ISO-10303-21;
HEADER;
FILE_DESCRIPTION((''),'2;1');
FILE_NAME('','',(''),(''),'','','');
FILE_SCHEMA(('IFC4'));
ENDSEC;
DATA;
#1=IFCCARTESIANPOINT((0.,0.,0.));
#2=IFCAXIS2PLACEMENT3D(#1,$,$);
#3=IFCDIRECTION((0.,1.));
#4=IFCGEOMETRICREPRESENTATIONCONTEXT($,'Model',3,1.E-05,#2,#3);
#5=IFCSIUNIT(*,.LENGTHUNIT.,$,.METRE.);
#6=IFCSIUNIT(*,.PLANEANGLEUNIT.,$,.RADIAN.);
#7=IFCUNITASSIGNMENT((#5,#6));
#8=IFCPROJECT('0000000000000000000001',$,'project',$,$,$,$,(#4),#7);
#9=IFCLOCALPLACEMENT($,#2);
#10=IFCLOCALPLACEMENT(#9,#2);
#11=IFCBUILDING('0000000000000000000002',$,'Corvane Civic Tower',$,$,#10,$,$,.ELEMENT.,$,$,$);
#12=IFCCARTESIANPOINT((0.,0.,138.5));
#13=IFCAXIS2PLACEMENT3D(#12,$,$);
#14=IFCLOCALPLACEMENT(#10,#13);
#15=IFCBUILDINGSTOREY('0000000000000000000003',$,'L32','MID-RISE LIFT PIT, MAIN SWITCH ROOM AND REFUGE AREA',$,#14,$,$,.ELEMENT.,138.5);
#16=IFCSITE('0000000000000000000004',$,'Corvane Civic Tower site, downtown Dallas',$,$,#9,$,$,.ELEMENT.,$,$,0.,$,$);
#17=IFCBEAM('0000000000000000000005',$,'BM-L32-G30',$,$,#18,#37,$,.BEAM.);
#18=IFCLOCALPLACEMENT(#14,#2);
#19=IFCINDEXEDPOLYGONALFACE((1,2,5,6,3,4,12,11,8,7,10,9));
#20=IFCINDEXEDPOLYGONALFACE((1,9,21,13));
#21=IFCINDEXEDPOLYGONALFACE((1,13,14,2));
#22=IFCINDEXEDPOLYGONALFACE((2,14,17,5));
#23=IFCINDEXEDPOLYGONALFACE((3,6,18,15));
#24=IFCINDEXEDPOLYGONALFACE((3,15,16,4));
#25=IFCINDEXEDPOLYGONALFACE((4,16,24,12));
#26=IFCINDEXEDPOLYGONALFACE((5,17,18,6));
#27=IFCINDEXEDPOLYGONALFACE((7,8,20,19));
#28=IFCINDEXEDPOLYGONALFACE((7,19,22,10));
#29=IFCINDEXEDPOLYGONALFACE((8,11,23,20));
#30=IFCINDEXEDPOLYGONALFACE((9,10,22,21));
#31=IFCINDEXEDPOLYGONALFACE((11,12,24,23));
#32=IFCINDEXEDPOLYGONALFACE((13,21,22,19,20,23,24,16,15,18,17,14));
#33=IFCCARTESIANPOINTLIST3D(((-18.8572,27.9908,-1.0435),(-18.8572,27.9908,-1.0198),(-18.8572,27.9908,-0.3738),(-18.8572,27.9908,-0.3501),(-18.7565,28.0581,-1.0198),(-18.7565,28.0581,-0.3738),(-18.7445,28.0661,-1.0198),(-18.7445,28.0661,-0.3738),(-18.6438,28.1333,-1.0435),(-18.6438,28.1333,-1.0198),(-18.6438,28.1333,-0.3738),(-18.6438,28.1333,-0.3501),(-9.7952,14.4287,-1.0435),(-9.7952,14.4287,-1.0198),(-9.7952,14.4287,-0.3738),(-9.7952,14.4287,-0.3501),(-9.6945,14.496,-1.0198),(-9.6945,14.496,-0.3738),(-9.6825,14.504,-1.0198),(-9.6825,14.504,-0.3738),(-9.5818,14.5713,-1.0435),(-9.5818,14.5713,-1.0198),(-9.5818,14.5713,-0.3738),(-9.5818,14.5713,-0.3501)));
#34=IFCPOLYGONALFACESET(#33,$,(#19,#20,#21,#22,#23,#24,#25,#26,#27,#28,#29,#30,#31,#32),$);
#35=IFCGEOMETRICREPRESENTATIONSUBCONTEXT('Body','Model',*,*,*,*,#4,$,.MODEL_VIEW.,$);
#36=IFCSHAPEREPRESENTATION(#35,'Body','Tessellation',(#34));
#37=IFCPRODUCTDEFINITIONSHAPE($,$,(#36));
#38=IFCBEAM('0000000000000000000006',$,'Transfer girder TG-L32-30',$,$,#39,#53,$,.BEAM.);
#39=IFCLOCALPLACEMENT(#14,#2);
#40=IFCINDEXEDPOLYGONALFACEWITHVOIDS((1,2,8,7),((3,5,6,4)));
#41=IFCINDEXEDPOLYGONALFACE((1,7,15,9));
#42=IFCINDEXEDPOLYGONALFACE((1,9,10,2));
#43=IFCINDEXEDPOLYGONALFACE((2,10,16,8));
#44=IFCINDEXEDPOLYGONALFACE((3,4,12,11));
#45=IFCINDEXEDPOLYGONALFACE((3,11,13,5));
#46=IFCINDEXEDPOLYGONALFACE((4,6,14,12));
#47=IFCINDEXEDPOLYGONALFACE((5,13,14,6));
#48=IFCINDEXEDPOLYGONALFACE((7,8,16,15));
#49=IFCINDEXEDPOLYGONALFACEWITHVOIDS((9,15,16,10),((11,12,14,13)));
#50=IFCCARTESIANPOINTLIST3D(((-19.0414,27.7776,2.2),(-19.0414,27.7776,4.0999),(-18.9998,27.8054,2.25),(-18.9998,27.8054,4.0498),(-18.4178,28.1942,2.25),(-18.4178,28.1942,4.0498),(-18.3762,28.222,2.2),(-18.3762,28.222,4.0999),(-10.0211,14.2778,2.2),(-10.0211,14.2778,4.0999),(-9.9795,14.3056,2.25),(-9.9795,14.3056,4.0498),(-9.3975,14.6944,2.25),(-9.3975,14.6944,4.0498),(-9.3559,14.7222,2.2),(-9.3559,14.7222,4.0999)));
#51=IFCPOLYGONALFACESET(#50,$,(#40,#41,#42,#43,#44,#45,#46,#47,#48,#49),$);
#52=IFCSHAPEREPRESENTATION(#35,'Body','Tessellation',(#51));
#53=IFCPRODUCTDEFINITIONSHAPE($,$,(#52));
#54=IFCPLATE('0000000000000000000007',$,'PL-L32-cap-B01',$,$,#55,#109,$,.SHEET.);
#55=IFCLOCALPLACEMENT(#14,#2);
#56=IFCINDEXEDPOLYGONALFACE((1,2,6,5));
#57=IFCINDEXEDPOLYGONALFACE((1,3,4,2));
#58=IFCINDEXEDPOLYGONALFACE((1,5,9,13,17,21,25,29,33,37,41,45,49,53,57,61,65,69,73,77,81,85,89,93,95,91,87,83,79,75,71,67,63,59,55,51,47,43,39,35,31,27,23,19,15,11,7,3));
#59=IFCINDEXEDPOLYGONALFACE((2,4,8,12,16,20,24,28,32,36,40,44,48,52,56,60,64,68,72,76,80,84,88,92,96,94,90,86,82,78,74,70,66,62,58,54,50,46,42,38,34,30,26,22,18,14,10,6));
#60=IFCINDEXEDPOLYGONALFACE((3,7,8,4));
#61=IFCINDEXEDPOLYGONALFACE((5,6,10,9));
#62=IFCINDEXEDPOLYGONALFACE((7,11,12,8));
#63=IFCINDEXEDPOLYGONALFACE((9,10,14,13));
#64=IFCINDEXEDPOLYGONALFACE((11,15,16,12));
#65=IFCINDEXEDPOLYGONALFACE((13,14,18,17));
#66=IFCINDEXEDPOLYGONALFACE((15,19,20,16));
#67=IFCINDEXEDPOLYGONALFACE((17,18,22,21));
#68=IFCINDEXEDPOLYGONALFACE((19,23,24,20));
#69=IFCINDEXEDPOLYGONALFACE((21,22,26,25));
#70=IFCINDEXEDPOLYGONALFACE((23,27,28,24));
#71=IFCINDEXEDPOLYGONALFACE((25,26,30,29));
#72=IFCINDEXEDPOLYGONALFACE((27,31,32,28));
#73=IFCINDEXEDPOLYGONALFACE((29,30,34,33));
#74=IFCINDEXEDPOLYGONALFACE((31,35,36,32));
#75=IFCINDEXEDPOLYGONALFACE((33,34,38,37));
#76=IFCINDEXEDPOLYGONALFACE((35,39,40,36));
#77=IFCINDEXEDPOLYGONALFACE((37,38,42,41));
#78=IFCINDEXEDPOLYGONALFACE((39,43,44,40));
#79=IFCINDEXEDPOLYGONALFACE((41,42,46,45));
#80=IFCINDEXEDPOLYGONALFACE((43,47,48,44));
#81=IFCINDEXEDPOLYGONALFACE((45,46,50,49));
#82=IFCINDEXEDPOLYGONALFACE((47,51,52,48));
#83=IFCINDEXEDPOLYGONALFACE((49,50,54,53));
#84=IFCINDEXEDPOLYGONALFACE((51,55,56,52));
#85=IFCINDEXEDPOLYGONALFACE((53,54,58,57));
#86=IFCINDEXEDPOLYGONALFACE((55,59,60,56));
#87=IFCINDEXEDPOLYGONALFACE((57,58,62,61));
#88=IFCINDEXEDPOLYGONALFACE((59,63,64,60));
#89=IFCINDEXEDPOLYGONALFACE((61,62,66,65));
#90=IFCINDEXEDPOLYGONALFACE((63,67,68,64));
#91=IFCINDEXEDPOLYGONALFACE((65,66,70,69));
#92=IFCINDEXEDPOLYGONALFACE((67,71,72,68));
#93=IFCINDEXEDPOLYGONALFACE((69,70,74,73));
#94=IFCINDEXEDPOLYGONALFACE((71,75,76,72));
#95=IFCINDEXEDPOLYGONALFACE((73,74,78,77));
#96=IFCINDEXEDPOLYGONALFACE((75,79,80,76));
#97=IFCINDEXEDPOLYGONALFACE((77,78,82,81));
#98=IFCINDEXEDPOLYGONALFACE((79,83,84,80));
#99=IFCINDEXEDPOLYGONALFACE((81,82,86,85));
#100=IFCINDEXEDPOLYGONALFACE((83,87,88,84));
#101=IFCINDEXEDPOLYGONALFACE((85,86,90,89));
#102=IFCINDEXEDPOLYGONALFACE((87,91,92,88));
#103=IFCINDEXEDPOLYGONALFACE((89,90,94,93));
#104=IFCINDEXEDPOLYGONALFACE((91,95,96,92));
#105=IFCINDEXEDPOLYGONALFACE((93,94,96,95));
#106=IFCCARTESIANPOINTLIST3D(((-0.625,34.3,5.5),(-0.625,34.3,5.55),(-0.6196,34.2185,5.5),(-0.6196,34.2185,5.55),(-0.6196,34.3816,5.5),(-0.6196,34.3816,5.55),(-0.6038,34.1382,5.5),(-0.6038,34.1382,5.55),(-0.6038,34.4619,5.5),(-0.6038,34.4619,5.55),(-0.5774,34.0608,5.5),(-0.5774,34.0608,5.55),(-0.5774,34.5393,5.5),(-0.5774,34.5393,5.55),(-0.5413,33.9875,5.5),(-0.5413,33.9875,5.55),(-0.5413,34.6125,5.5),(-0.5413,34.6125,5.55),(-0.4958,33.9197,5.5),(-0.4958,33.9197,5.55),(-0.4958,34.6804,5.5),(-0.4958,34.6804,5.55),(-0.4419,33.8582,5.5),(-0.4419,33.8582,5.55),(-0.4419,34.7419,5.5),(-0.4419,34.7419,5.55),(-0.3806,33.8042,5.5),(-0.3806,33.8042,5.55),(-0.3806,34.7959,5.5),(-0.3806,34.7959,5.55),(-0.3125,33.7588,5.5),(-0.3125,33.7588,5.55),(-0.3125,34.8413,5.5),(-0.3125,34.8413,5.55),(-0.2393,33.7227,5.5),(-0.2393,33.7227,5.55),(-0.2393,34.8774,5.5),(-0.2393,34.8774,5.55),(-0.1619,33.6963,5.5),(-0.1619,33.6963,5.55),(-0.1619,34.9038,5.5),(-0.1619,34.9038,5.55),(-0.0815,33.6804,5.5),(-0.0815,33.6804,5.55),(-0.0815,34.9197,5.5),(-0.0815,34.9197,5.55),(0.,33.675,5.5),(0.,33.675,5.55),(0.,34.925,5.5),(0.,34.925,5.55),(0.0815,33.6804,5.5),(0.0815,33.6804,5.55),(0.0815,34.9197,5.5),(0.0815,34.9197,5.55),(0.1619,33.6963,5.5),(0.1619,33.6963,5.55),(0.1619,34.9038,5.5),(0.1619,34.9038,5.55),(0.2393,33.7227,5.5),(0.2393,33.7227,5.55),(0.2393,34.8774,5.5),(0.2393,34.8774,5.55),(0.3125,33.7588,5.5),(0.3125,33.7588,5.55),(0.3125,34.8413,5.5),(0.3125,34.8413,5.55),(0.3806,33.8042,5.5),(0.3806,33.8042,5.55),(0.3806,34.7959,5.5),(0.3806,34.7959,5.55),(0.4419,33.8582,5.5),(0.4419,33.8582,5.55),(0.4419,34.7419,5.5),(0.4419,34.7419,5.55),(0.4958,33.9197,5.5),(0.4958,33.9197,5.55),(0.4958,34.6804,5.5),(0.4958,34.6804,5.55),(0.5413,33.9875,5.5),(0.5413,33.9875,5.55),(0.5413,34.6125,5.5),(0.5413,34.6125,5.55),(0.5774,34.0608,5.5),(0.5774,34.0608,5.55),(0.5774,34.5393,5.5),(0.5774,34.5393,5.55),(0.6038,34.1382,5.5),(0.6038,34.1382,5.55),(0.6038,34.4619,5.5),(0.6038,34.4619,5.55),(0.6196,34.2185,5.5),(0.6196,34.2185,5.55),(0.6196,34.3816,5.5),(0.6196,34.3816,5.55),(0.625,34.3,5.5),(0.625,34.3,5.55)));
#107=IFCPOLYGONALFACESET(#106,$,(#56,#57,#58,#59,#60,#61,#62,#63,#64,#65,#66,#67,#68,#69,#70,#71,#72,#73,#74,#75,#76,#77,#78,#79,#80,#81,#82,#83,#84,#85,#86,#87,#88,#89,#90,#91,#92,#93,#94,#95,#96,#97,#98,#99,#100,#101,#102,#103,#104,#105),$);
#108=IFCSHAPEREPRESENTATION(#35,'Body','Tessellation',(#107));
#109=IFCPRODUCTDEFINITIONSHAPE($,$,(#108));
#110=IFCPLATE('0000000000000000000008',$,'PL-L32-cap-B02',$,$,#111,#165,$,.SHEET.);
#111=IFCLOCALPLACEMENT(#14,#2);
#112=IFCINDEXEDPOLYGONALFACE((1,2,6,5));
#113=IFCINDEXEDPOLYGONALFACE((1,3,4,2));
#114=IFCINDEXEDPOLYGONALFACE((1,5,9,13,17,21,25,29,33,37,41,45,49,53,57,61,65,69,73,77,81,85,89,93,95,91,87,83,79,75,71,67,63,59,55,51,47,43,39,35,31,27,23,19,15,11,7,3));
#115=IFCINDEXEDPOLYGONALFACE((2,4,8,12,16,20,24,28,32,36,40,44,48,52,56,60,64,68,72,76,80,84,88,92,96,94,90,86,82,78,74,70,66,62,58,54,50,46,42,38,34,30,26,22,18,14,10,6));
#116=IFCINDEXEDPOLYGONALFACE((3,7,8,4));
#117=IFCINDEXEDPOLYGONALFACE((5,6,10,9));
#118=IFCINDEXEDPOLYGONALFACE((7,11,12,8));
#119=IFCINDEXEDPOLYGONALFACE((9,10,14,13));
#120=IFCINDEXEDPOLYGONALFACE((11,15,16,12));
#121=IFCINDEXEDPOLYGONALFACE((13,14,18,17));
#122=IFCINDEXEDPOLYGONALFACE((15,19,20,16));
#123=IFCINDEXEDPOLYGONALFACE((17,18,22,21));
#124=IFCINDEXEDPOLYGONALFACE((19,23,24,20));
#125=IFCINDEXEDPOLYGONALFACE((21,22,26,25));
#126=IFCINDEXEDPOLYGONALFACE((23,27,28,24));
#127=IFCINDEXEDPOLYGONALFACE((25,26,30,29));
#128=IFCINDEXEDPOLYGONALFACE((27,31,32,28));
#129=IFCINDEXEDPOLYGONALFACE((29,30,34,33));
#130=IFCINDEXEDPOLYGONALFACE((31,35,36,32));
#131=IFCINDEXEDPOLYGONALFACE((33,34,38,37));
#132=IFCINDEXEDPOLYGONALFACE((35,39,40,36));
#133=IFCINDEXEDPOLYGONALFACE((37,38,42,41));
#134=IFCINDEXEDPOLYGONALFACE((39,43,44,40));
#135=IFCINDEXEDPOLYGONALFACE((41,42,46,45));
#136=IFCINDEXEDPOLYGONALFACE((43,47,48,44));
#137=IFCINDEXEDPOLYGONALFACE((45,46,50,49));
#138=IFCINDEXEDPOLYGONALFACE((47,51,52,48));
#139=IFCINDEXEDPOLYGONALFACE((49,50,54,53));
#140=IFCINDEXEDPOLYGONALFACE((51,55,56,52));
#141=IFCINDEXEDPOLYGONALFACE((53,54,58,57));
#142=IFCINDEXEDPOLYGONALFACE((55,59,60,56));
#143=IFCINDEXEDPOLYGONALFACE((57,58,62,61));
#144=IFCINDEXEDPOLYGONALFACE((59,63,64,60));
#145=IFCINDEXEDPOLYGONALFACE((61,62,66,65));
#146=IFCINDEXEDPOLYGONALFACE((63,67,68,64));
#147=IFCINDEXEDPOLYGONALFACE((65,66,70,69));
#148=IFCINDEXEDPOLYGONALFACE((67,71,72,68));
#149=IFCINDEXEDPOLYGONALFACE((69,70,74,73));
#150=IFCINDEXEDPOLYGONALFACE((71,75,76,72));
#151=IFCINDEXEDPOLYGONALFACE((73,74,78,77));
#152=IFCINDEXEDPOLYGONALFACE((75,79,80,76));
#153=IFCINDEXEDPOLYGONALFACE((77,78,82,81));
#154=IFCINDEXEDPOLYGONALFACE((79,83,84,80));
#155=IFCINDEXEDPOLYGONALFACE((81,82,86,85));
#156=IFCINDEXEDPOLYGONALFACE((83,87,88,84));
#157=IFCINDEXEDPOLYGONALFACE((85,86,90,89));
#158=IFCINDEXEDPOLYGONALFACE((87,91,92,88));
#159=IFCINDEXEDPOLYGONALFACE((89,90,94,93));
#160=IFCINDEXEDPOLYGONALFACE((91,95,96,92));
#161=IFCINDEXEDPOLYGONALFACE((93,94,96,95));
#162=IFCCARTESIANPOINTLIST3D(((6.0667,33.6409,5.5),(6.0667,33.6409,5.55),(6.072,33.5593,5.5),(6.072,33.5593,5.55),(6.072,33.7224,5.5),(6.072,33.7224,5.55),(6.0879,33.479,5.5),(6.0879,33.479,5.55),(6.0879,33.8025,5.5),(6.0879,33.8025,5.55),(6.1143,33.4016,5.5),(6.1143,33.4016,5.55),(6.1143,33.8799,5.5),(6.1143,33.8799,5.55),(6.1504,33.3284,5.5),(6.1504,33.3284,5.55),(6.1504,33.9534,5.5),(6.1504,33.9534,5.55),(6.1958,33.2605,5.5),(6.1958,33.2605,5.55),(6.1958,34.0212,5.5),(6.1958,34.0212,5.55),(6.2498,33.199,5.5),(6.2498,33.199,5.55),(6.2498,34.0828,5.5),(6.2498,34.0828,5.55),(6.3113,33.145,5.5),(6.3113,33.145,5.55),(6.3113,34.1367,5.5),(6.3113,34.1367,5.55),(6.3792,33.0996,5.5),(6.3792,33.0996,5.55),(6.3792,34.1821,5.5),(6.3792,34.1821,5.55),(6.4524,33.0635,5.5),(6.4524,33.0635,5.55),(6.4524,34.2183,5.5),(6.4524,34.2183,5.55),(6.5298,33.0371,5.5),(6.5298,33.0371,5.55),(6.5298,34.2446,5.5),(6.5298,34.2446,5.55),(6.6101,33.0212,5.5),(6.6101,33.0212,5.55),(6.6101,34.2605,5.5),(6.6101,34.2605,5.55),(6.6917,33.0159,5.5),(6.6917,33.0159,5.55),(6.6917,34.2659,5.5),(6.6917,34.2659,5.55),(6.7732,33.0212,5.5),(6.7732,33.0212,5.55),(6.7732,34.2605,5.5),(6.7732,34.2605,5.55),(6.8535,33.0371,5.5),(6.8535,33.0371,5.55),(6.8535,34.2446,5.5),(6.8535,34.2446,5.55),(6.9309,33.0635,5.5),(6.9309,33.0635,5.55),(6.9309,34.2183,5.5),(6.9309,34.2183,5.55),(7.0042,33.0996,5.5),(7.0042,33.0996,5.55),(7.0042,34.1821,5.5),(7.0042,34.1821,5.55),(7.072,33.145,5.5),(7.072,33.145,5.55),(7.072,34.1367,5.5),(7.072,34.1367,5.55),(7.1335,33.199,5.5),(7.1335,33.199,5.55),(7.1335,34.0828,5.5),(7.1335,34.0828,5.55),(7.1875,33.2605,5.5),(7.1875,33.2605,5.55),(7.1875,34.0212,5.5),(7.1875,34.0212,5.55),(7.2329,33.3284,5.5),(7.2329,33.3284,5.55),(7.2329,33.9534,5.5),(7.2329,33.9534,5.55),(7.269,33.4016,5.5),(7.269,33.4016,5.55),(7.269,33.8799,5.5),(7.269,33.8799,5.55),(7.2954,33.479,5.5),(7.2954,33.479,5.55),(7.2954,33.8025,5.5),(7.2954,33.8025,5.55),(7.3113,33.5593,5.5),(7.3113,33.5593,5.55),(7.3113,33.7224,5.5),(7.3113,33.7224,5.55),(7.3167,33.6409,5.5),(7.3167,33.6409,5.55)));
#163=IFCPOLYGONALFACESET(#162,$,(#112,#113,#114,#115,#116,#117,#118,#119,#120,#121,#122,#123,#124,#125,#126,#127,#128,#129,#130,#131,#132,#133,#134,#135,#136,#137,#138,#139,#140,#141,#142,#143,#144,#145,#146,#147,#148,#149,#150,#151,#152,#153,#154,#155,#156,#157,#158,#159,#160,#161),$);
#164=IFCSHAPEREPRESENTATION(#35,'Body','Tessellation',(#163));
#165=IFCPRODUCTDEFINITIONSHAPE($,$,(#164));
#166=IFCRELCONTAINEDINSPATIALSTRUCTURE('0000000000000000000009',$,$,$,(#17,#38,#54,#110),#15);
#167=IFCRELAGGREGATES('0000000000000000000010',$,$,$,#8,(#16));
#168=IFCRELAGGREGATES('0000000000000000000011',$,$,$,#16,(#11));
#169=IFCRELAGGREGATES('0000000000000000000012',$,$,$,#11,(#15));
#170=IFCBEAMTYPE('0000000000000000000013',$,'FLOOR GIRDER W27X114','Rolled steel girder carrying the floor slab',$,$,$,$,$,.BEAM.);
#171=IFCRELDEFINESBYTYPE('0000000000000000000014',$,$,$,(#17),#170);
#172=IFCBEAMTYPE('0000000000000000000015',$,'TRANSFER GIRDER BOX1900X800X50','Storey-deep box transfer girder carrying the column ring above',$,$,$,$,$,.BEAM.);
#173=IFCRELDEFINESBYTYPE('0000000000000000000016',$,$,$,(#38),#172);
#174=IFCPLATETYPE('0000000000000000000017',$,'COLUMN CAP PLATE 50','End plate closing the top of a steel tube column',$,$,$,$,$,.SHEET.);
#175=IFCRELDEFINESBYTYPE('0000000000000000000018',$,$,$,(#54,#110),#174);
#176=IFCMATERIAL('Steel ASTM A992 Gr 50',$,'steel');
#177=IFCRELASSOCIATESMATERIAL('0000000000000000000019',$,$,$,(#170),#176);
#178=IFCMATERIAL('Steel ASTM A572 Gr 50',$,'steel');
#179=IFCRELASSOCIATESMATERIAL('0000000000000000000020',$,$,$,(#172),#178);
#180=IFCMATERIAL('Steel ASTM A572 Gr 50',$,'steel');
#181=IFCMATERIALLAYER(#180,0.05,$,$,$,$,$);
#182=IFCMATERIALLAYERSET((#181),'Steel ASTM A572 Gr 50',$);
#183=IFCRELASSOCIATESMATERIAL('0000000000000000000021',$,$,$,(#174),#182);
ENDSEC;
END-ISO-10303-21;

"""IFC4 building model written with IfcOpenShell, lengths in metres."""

from ifc_helpers import new_model, si_unit, direction, frame, origin, origin_2d, place, context, subcontext, project, spatial, polyline, hollow_rectangle, i_section, outline, extrude, material, layer, layer_set, material_profile, profile_set, type_object, element, save


model = new_model("IFC4")

# Units and contexts
model_context = context("Model", 3, precision=1e-05, world=origin(), true_north=direction((0.0, 1.0)))
body_context = subcontext(model_context, "Body", "Model", "MODEL_VIEW")
ifc_project = project(units=[si_unit("LENGTHUNIT", "METRE"), si_unit("PLANEANGLEUNIT", "RADIAN")], contexts=[model_context])

# Site, building, storey
site_placement = place(None, origin())
site = spatial("IfcSite", under=ifc_project, at=site_placement, Name="Corvane Civic Tower site, downtown Dallas", CompositionType="ELEMENT", RefElevation=0.0)
building_placement = place(site_placement, origin())
building = spatial("IfcBuilding", under=site, at=building_placement, Name="Corvane Civic Tower", CompositionType="ELEMENT")
storey_placement = place(building_placement, frame((0.0, 0.0, 138.5)))
storey = spatial("IfcBuildingStorey", under=building, at=storey_placement, Name="L32", Description="MID-RISE LIFT PIT, MAIN SWITCH ROOM AND REFUGE AREA", CompositionType="ELEMENT", Elevation=138.5)

# Beams
ifc_material_1 = material(Name="Steel ASTM A992 Gr 50", Category="steel")
ifc_material_profile_1 = material_profile(ifc_material_1, i_section(OverallWidth=0.2566, OverallDepth=0.6934, WebThickness=0.0144, FlangeThickness=0.0237, at=origin_2d()), Name="W27X114")
ifc_profile_set_1 = profile_set([ifc_material_profile_1], Name="Steel ASTM A992 Gr 50")
beam_type_1 = type_object("IfcBeamType", Name="FLOOR GIRDER W27X114", Description="Rolled steel girder carrying the floor slab", PredefinedType="BEAM", material=ifc_profile_set_1)
beam_1_placement = place(storey_placement, frame((-9.6885, 14.5, -0.6968), z_axis=(-0.555577, 0.831465, 0.0), x_axis=(-0.831465, -0.555577, 0.0)))
element("IfcBeam", 1, at=beam_1_placement, inside=storey, type_object=beam_type_1, Name="BM-L32-G30", PredefinedType="BEAM", context=body_context, shape_type="SweptSolid", body=[
    extrude(i_section(OverallWidth=0.2566, OverallDepth=0.6934, WebThickness=0.0144, FlangeThickness=0.0237, at=origin_2d()), origin(), (0.0, 0.0, 1.0), 16.311),
])
ifc_material_2 = material(Name="Steel ASTM A572 Gr 50", Category="steel")
ifc_material_profile_2 = material_profile(ifc_material_2, hollow_rectangle(XDim=0.8, YDim=1.8999, WallThickness=0.05, at=origin_2d()), Name="BOX1900X800X50")
ifc_profile_set_2 = profile_set([ifc_material_profile_2], Name="Steel ASTM A572 Gr 50")
beam_type_2 = type_object("IfcBeamType", Name="TRANSFER GIRDER BOX1900X800X50", Description="Storey-deep box transfer girder carrying the column ring above", PredefinedType="BEAM", material=ifc_profile_set_2)
beam_2_placement = place(storey_placement, frame((-9.6885, 14.5, 3.1499), z_axis=(-0.555571, 0.831469, 0.0), x_axis=(-0.831469, -0.555571, 0.0)))
element("IfcBeam", 2, at=beam_2_placement, inside=storey, type_object=beam_type_2, Name="Transfer girder TG-L32-30", PredefinedType="BEAM", context=body_context, shape_type="SweptSolid", body=[
    extrude(hollow_rectangle(XDim=0.8, YDim=1.8999, WallThickness=0.05, at=origin_2d()), origin(), (0.0, 0.0, 1.0), 16.2361),
])

# Plates
ifc_material_3 = material(Name="Steel ASTM A572 Gr 50", Category="steel")
ifc_layer_1 = layer(ifc_material_3, 0.05)
ifc_layer_set_1 = layer_set([ifc_layer_1], Name="Steel ASTM A572 Gr 50")
plate_type = type_object("IfcPlateType", Name="COLUMN CAP PLATE 50", Description="End plate closing the top of a steel tube column", PredefinedType="SHEET", material=ifc_layer_set_1)
plate_1_placement = place(storey_placement, frame((0.0, 0.0, 5.5)))
element("IfcPlate", 3, at=plate_1_placement, inside=storey, type_object=plate_type, Name="PL-L32-cap-B01", PredefinedType="SHEET", context=body_context, shape_type="SweptSolid", body=[
    extrude(outline(polyline([(0.625, 34.3), (0.6196, 34.3816), (0.6038, 34.4619), (0.5774, 34.5393), (0.5413, 34.6125), (0.4958, 34.6804), (0.4419, 34.7419), (0.3806, 34.7959), (0.3125, 34.8413), (0.2393, 34.8774), (0.1619, 34.9038), (0.0815, 34.9197), (0.0, 34.925), (-0.0815, 34.9197), (-0.1619, 34.9038), (-0.2393, 34.8774), (-0.3125, 34.8413), (-0.3806, 34.7959), (-0.4419, 34.7419), (-0.4958, 34.6804), (-0.5413, 34.6125), (-0.5774, 34.5393), (-0.6038, 34.4619), (-0.6196, 34.3816), (-0.625, 34.3), (-0.6196, 34.2185), (-0.6038, 34.1382), (-0.5774, 34.0608), (-0.5413, 33.9875), (-0.4958, 33.9197), (-0.4419, 33.8582), (-0.3806, 33.8042), (-0.3125, 33.7588), (-0.2393, 33.7227), (-0.1619, 33.6963), (-0.0815, 33.6804), (0.0, 33.675), (0.0815, 33.6804), (0.1619, 33.6963), (0.2393, 33.7227), (0.3125, 33.7588), (0.3806, 33.8042), (0.4419, 33.8582), (0.4958, 33.9197), (0.5413, 33.9875), (0.5774, 34.0608), (0.6038, 34.1382), (0.6196, 34.2185), (0.625, 34.3)])), origin(), (0.0, 0.0, 1.0), 0.05),
])
plate_2_placement = place(storey_placement, frame((0.0, 0.0, 5.5)))
element("IfcPlate", 4, at=plate_2_placement, inside=storey, type_object=plate_type, Name="PL-L32-cap-B02", PredefinedType="SHEET", context=body_context, shape_type="SweptSolid", body=[
    extrude(outline(polyline([(7.3167, 33.6409), (7.3113, 33.7224), (7.2954, 33.8025), (7.269, 33.8799), (7.2329, 33.9534), (7.1875, 34.0212), (7.1335, 34.0828), (7.072, 34.1367), (7.0042, 34.1821), (6.9309, 34.2183), (6.8535, 34.2446), (6.7732, 34.2605), (6.6917, 34.2659), (6.6101, 34.2605), (6.5298, 34.2446), (6.4524, 34.2183), (6.3792, 34.1821), (6.3113, 34.1367), (6.2498, 34.0828), (6.1958, 34.0212), (6.1504, 33.9534), (6.1143, 33.8799), (6.0879, 33.8025), (6.072, 33.7224), (6.0667, 33.6409), (6.072, 33.5593), (6.0879, 33.479), (6.1143, 33.4016), (6.1504, 33.3284), (6.1958, 33.2605), (6.2498, 33.199), (6.3113, 33.145), (6.3792, 33.0996), (6.4524, 33.0635), (6.5298, 33.0371), (6.6101, 33.0212), (6.6917, 33.0159), (6.7732, 33.0212), (6.8535, 33.0371), (6.9309, 33.0635), (7.0042, 33.0996), (7.072, 33.145), (7.1335, 33.199), (7.1875, 33.2605), (7.2329, 33.3284), (7.269, 33.4016), (7.2954, 33.479), (7.3113, 33.5593), (7.3167, 33.6409)])), origin(), (0.0, 0.0, 1.0), 0.05),
])

save(model, "model.ifc")
